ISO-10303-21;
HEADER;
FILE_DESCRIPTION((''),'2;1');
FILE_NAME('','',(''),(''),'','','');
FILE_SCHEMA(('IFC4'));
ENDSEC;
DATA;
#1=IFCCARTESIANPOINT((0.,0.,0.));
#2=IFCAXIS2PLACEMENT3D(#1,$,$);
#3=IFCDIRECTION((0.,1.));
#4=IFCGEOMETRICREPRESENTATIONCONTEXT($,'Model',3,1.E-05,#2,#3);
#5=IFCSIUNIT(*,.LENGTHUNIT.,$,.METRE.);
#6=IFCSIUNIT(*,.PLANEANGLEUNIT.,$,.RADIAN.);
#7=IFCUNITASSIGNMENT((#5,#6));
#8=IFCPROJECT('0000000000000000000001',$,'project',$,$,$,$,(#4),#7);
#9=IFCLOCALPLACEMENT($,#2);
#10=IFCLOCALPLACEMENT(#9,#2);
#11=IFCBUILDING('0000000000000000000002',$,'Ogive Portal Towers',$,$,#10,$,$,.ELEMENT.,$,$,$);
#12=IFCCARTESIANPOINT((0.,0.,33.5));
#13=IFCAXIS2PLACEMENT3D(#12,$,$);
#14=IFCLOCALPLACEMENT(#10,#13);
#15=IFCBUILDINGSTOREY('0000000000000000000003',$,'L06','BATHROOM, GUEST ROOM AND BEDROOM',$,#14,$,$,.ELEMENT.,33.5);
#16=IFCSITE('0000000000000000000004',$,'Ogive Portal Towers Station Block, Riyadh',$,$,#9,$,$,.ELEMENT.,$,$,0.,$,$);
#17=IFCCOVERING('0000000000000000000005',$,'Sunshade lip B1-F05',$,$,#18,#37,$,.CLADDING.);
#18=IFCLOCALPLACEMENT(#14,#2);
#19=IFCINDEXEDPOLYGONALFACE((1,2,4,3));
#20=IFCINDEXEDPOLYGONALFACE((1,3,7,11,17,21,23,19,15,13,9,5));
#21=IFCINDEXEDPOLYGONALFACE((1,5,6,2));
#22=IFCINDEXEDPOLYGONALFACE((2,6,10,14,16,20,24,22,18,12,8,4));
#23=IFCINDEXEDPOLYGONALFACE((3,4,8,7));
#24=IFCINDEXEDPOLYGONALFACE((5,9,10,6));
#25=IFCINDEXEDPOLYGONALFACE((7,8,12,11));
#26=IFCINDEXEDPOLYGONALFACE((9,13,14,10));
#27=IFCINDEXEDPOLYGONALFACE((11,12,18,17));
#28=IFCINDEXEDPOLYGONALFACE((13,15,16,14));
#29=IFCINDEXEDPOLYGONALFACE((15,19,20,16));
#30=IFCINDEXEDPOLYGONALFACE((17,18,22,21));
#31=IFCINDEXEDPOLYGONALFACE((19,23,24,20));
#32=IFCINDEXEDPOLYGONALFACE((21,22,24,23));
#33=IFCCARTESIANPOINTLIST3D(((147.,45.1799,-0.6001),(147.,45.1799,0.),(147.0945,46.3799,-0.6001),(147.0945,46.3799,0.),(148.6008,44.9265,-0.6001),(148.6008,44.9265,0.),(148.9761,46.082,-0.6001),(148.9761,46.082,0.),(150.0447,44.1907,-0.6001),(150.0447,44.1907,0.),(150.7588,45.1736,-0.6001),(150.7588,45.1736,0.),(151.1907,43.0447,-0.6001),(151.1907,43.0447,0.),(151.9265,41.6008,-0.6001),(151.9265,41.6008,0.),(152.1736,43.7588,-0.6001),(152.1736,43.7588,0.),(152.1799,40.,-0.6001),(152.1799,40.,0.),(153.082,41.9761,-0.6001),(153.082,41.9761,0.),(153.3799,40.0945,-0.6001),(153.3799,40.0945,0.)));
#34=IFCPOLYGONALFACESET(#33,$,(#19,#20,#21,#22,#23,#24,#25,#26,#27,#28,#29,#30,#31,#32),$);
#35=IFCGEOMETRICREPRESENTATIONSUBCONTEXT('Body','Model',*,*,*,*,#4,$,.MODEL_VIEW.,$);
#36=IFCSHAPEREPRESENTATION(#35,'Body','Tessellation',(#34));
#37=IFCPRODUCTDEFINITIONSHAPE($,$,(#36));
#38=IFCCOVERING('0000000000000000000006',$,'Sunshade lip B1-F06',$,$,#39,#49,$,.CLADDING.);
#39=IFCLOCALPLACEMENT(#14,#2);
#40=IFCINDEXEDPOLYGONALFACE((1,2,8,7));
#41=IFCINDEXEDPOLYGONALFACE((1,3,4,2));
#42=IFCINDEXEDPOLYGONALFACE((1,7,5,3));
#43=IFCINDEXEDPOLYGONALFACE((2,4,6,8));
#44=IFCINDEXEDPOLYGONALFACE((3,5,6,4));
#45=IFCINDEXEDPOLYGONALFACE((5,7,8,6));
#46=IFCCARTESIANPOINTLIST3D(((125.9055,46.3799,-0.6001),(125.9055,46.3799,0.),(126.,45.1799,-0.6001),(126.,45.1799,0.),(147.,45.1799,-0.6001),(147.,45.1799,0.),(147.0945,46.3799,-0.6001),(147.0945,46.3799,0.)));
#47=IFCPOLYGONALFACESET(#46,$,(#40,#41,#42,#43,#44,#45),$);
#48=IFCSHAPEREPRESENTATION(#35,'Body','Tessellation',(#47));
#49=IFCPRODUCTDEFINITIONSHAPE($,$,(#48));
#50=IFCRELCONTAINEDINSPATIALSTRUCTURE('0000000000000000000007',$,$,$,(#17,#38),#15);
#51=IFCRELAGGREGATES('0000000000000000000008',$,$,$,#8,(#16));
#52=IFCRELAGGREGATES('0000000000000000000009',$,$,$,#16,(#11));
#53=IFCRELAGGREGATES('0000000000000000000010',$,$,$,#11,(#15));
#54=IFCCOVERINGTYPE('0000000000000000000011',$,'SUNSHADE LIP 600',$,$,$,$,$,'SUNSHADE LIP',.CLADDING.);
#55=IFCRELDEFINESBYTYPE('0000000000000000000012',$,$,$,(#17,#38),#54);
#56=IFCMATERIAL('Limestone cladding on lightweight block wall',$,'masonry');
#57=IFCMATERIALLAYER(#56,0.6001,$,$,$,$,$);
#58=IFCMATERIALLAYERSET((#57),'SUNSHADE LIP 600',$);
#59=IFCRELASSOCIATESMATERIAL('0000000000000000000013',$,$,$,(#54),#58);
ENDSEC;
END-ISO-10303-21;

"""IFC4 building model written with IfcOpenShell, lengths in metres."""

from ifc_helpers import new_model, si_unit, direction, frame, origin, place, context, subcontext, project, spatial, polyline, outline, extrude, material, layer, layer_set, type_object, element, save


model = new_model("IFC4")

# Units and contexts
model_context = context("Model", 3, precision=1e-05, world=origin(), true_north=direction((0.0, 1.0)))
body_context = subcontext(model_context, "Body", "Model", "MODEL_VIEW")
ifc_project = project(units=[si_unit("LENGTHUNIT", "METRE"), si_unit("PLANEANGLEUNIT", "RADIAN")], contexts=[model_context])

# Site, building, storey
site_placement = place(None, origin())
site = spatial("IfcSite", under=ifc_project, at=site_placement, Name="Ogive Portal Towers Station Block, Riyadh", CompositionType="ELEMENT", RefElevation=0.0)
building_placement = place(site_placement, origin())
building = spatial("IfcBuilding", under=site, at=building_placement, Name="Ogive Portal Towers", CompositionType="ELEMENT")
storey_placement = place(building_placement, frame((0.0, 0.0, 33.5)))
storey = spatial("IfcBuildingStorey", under=building, at=storey_placement, Name="L06", Description="BATHROOM, GUEST ROOM AND BEDROOM", CompositionType="ELEMENT", Elevation=33.5)

# Coverings
ifc_material_1 = material(Name="Limestone cladding on lightweight block wall", Category="masonry")
ifc_layer_1 = layer(ifc_material_1, 0.6001)
ifc_layer_set_1 = layer_set([ifc_layer_1], Name="SUNSHADE LIP 600")
covering_type_1 = type_object("IfcCoveringType", Name="SUNSHADE LIP 600", ElementType="SUNSHADE LIP", PredefinedType="CLADDING", material=ifc_layer_set_1)
covering_1_placement = place(storey_placement, frame((0.0, 0.0, -0.6001)))
element("IfcCovering", 1, at=covering_1_placement, inside=storey, type_object=covering_type_1, Name="Sunshade lip B1-F05", PredefinedType="CLADDING", context=body_context, shape_type="SweptSolid", body=[
    extrude(outline(polyline([(152.1799, 40.0), (151.9265, 41.6008), (151.1907, 43.0447), (150.0447, 44.1907), (148.6008, 44.9265), (147.0, 45.1799), (147.0945, 46.3799), (148.9761, 46.082), (150.7588, 45.1736), (152.1736, 43.7588), (153.082, 41.9761), (153.3799, 40.0945), (152.1799, 40.0)])), origin(), (0.0, 0.0, 1.0), 0.6001),
])
covering_2_placement = place(storey_placement, frame((0.0, 0.0, -0.6001)))
element("IfcCovering", 2, at=covering_2_placement, inside=storey, type_object=covering_type_1, Name="Sunshade lip B1-F06", PredefinedType="CLADDING", context=body_context, shape_type="SweptSolid", body=[
    extrude(outline(polyline([(147.0, 45.1799), (126.0, 45.1799), (125.9055, 46.3799), (147.0945, 46.3799), (147.0, 45.1799)])), origin(), (0.0, 0.0, 1.0), 0.6001),
])

save(model, "model.ifc")
